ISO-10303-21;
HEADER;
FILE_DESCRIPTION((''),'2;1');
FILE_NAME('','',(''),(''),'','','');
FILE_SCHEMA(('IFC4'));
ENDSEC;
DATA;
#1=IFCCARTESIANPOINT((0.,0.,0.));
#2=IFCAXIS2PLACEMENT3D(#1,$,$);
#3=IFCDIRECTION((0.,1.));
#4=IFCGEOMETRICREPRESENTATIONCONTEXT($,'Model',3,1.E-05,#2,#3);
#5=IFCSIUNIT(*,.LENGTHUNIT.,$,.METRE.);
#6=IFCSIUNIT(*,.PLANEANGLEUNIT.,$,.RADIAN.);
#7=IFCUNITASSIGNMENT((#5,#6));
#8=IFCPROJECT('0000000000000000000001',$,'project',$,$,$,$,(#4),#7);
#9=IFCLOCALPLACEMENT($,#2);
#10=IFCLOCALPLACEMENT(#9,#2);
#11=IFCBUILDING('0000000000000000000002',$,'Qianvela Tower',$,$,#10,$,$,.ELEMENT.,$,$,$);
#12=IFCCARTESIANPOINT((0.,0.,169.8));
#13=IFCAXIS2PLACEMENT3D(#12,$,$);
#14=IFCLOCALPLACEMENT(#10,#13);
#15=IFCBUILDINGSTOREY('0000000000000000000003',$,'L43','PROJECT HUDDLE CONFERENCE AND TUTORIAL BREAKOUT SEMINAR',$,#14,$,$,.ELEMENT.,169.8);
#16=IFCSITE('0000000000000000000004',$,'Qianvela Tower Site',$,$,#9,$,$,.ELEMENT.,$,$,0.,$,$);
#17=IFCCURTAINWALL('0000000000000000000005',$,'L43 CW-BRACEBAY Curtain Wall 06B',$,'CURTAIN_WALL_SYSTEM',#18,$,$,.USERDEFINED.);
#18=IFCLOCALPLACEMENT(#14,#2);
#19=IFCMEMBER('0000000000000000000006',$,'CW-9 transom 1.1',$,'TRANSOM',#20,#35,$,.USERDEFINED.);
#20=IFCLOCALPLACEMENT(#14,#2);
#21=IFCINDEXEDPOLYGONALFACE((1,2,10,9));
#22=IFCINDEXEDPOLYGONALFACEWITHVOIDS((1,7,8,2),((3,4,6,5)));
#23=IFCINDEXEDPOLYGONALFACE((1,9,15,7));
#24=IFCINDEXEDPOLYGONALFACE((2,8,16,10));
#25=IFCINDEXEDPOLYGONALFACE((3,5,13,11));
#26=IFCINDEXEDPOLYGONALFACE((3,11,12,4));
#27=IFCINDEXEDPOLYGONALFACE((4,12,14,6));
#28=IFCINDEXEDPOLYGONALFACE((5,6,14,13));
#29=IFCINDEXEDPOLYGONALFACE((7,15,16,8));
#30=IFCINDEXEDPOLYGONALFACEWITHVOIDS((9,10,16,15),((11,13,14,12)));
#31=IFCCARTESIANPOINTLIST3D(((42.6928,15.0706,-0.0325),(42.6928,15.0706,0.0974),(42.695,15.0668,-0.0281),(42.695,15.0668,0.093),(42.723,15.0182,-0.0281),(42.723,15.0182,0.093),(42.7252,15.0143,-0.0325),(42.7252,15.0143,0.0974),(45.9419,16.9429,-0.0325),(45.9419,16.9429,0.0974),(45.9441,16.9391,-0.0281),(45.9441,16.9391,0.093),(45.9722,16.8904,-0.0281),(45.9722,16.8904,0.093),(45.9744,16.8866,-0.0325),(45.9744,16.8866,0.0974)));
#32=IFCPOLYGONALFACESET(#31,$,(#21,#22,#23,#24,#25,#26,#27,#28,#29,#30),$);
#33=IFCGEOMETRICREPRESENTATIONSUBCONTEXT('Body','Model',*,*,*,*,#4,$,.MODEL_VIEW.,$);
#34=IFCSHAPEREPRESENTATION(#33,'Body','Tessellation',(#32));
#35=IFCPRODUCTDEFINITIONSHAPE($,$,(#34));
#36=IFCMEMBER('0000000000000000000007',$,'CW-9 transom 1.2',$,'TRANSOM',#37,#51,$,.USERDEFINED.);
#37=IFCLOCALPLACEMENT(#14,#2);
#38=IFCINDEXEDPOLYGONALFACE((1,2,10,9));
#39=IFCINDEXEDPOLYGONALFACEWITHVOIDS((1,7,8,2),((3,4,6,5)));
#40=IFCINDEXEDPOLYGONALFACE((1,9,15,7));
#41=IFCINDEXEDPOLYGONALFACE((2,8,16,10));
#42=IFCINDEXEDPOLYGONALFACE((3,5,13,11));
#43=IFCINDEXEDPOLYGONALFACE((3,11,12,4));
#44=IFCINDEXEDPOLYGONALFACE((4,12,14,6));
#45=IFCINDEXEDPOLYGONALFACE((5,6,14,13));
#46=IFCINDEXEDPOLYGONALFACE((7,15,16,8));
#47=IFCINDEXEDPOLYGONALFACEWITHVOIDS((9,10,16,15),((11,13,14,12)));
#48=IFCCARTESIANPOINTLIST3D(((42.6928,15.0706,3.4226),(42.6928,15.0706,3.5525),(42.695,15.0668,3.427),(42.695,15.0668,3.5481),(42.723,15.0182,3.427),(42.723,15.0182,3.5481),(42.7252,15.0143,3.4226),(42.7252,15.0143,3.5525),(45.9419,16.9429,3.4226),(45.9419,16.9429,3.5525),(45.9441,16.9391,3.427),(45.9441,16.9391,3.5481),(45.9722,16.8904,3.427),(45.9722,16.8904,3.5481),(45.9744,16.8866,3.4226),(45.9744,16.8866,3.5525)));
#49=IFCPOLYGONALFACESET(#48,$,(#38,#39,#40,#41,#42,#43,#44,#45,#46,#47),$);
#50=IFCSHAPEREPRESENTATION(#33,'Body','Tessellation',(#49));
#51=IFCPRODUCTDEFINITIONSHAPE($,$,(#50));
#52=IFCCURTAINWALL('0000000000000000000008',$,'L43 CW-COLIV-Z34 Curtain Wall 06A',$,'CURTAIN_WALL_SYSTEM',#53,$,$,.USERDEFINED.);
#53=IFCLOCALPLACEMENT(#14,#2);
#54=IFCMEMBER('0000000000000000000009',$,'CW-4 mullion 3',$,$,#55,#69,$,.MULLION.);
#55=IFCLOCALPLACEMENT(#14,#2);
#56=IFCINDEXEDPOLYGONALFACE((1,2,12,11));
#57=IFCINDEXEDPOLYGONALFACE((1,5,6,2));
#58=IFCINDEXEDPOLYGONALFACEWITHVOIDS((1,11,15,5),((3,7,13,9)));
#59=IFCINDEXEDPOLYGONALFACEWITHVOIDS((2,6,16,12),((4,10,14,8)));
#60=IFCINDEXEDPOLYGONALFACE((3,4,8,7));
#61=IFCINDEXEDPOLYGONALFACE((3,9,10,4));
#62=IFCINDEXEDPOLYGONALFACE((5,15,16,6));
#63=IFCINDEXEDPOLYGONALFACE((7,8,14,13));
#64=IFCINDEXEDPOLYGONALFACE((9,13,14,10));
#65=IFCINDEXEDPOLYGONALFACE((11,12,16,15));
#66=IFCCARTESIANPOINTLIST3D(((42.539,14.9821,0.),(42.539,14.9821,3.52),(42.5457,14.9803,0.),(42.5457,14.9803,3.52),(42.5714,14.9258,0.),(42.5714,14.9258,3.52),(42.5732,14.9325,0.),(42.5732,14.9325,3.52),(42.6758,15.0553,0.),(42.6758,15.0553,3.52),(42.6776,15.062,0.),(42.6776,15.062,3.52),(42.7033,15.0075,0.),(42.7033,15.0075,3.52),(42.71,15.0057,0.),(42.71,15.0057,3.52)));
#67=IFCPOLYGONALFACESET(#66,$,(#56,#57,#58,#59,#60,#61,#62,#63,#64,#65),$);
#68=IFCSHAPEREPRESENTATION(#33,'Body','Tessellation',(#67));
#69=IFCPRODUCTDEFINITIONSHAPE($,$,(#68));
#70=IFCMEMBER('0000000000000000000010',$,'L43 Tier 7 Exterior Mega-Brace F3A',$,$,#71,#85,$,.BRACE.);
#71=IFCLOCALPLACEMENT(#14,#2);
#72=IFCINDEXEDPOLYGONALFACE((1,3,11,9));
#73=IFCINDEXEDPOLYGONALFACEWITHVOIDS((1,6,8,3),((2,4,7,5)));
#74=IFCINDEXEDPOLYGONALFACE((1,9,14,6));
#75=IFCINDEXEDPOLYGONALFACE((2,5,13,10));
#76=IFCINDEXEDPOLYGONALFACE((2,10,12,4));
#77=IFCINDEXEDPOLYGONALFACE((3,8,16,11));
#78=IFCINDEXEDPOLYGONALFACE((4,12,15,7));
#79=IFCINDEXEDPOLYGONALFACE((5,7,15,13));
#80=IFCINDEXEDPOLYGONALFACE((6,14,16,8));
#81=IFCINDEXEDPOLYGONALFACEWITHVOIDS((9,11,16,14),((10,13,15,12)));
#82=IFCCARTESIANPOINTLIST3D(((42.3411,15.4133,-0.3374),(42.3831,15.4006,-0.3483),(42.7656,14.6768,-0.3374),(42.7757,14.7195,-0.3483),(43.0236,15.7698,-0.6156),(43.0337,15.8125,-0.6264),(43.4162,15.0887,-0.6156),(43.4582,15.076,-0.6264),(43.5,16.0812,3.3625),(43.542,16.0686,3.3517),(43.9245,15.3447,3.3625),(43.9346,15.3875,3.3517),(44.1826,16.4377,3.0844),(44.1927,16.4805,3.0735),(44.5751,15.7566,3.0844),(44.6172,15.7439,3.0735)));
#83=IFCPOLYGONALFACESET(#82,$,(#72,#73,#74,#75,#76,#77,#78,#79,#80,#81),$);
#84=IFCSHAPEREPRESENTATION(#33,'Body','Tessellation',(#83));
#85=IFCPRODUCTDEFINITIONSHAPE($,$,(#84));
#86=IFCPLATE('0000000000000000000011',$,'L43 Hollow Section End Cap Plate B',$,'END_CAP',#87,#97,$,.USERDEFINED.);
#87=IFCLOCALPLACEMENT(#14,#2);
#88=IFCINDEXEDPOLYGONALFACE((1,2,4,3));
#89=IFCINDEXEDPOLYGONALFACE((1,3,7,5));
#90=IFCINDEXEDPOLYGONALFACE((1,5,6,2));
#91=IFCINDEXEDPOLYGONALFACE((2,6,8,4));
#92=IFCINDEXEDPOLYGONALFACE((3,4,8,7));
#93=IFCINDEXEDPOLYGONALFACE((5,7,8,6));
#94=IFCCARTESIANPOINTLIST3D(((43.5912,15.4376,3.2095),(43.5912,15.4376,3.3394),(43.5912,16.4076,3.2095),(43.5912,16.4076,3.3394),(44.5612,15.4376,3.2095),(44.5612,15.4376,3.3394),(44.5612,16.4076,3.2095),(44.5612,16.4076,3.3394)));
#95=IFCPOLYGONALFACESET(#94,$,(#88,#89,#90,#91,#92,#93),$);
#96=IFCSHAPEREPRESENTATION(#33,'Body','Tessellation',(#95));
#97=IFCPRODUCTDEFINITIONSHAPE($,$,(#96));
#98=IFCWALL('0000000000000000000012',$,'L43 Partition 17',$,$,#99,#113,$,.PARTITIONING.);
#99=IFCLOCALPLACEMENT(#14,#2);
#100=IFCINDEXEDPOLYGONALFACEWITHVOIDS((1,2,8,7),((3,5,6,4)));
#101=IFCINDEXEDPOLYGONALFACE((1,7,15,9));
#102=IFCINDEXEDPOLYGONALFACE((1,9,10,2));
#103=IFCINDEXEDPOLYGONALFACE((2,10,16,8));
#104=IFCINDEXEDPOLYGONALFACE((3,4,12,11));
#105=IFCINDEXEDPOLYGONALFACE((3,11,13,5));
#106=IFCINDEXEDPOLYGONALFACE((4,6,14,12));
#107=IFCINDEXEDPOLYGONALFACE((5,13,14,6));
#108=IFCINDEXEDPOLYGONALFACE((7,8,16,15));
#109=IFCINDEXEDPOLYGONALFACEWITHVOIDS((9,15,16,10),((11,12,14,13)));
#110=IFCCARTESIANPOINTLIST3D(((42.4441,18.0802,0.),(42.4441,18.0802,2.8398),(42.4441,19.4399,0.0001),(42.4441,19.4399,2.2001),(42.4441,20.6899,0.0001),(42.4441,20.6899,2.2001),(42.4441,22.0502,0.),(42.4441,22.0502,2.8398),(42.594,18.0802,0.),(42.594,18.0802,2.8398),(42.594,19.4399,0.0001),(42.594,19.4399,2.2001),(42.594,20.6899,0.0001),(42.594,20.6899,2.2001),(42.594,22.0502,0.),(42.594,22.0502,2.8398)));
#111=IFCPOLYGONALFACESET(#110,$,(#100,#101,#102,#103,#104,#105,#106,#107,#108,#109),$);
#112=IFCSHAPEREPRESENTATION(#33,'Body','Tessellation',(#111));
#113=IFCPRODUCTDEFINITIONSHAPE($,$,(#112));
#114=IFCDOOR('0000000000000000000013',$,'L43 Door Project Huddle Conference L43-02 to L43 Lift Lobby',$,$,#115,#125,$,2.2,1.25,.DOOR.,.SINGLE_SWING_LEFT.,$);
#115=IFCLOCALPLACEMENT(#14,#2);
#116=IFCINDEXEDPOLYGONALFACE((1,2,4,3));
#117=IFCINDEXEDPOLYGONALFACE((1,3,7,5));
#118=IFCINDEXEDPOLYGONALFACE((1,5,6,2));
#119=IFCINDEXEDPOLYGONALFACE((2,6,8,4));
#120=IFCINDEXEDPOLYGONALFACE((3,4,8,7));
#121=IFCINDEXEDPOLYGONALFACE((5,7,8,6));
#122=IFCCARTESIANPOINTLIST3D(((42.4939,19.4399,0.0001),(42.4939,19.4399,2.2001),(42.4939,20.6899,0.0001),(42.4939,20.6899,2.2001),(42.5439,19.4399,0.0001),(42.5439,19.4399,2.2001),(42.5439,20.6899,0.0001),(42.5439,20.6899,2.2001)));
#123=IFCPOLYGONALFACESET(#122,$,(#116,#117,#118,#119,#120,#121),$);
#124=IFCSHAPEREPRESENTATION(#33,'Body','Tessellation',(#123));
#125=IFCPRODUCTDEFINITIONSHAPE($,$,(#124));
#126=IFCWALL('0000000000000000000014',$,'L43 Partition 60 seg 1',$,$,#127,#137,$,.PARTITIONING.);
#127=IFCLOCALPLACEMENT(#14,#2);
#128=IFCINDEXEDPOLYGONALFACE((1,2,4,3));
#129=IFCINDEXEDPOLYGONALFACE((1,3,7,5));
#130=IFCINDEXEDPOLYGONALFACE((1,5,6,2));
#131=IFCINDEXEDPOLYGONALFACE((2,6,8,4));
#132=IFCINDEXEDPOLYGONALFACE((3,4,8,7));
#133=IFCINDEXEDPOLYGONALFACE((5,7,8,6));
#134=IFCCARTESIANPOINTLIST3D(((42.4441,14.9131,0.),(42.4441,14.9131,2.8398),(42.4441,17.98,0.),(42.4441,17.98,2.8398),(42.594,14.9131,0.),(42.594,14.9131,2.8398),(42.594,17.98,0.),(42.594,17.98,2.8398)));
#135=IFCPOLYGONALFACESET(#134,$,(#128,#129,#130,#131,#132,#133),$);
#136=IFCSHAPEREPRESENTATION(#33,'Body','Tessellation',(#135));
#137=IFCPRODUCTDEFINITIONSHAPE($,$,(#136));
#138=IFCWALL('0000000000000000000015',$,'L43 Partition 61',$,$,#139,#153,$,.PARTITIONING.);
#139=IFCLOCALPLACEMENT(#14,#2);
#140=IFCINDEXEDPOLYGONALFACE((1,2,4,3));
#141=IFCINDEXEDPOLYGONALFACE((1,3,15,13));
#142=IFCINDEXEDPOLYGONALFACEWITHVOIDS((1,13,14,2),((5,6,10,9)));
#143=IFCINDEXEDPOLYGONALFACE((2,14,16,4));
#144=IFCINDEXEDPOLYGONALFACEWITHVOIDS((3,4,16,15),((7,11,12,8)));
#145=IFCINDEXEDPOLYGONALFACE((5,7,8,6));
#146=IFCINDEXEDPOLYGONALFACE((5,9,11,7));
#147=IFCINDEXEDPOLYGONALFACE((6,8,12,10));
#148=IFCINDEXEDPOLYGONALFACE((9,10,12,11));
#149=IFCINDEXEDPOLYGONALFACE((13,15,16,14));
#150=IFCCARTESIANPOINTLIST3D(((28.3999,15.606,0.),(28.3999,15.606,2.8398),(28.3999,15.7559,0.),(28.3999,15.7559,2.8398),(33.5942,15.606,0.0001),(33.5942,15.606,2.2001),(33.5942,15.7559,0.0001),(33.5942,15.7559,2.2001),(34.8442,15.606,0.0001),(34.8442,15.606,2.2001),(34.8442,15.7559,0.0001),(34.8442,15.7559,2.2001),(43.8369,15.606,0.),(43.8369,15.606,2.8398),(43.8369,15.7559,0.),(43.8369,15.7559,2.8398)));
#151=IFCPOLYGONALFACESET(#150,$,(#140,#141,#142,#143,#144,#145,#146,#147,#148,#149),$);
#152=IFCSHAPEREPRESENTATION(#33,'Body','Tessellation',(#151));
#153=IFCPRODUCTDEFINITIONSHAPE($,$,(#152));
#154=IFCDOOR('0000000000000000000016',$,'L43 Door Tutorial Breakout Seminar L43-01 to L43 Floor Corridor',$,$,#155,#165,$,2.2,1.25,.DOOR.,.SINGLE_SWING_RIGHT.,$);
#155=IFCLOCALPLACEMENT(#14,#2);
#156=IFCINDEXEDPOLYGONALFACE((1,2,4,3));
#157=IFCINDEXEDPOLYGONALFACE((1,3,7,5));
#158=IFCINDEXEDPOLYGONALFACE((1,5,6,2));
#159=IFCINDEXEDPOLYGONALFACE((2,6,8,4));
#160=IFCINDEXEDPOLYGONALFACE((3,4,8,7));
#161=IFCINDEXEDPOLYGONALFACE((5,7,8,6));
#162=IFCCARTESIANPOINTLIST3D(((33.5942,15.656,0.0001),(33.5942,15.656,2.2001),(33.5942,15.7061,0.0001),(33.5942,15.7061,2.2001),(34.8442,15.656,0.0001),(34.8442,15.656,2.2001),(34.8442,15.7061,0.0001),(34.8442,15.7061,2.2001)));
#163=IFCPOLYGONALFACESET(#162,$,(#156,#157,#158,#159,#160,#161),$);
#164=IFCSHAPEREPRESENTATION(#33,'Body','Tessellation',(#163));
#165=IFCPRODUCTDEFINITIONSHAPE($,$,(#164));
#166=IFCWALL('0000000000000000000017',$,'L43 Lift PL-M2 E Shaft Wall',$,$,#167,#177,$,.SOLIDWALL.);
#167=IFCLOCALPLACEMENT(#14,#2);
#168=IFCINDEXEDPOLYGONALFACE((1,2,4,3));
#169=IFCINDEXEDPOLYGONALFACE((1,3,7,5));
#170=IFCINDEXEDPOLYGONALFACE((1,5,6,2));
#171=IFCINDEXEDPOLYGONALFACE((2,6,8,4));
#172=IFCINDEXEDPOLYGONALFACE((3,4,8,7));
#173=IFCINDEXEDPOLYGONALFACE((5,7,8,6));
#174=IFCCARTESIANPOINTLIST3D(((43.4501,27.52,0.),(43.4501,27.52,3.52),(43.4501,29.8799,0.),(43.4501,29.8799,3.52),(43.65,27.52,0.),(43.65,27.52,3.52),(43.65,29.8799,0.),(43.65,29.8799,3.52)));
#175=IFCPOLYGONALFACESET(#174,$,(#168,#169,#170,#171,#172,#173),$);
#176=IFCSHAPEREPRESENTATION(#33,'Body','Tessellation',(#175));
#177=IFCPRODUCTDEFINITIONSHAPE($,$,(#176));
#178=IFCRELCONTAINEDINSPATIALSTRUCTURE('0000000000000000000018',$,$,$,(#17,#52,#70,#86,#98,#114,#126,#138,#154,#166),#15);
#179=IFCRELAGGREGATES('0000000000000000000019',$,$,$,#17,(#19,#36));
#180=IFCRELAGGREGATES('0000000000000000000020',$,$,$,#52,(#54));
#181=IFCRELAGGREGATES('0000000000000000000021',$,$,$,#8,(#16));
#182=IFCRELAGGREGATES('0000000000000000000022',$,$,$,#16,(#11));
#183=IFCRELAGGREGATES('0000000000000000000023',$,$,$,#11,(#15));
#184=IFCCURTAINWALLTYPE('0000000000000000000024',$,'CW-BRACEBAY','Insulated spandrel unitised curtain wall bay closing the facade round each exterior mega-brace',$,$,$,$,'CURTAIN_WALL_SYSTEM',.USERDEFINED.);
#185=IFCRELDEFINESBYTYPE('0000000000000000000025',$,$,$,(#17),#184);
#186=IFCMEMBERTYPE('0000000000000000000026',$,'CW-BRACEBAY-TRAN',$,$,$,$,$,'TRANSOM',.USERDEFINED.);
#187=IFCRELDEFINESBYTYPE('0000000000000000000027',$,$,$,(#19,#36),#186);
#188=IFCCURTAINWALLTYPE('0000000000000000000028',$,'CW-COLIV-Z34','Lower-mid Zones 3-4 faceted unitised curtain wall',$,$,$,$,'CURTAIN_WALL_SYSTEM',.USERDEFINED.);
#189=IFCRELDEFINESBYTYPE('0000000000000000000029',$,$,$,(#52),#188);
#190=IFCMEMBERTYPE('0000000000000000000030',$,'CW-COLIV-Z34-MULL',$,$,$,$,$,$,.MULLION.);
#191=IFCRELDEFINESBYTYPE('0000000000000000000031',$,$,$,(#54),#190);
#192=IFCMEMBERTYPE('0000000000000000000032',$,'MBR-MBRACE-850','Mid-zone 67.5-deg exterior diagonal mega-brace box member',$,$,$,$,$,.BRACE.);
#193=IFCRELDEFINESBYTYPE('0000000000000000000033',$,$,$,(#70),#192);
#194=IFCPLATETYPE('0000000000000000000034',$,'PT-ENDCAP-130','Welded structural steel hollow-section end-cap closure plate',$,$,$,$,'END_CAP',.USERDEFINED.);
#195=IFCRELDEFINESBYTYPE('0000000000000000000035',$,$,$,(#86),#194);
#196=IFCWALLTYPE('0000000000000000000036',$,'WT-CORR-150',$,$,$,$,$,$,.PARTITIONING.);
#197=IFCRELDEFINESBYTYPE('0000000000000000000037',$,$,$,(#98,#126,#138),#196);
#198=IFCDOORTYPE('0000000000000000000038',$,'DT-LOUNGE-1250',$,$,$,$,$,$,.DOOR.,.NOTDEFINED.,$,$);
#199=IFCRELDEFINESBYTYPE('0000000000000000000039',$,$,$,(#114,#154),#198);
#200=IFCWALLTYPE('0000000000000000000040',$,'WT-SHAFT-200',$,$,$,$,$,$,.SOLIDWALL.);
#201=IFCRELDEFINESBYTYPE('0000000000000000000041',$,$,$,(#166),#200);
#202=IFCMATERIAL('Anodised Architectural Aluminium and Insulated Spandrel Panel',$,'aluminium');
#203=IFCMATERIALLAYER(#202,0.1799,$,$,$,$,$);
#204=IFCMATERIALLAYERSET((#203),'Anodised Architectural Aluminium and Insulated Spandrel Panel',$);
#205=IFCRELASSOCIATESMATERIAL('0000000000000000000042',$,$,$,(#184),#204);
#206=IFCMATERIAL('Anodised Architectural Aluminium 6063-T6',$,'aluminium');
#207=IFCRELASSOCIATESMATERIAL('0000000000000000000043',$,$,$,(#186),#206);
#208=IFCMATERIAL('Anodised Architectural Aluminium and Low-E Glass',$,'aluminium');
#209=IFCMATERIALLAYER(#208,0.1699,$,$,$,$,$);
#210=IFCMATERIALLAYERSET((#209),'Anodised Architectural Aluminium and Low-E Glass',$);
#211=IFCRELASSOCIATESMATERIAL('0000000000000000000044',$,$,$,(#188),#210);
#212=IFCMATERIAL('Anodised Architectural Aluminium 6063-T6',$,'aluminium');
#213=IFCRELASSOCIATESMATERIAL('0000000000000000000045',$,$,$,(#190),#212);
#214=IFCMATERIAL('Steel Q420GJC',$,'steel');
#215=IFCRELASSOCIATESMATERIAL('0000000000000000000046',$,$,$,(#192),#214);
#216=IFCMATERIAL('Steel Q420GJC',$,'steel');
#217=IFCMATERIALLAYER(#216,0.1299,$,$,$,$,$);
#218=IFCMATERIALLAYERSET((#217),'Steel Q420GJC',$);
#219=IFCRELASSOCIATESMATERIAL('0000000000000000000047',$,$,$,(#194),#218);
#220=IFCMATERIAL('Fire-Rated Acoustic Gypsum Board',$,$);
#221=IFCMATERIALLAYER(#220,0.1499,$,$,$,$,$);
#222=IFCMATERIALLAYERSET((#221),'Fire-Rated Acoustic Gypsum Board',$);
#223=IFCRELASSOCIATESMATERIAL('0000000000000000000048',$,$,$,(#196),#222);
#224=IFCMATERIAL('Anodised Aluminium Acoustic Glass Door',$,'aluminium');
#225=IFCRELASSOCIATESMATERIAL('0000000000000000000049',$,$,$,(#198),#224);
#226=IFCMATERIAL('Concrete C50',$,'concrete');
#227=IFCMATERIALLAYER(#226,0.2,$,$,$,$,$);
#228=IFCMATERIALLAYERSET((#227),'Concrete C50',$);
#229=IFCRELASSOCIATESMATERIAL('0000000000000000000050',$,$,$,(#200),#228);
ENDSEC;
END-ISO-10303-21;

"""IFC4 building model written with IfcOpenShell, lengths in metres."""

from ifc_helpers import new_model, si_unit, direction, frame, frame_2d, origin, origin_2d, place, context, subcontext, project, spatial, rectangle, hollow_rectangle, extrude, material, layer, layer_set, material_profile, profile_set, type_object, element, fill, aggregate, save


model = new_model("IFC4")

# Units and contexts
model_context = context("Model", 3, precision=1e-05, world=origin(), true_north=direction((0.0, 1.0)))
body_context = subcontext(model_context, "Body", "Model", "MODEL_VIEW")
ifc_project = project(units=[si_unit("LENGTHUNIT", "METRE"), si_unit("PLANEANGLEUNIT", "RADIAN")], contexts=[model_context])

# Site, building, storey
site_placement = place(None, origin())
site = spatial("IfcSite", under=ifc_project, at=site_placement, Name="Qianvela Tower Site", CompositionType="ELEMENT", RefElevation=0.0)
building_placement = place(site_placement, origin())
building = spatial("IfcBuilding", under=site, at=building_placement, Name="Qianvela Tower", CompositionType="ELEMENT")
storey_placement = place(building_placement, frame((0.0, 0.0, 169.8)))
storey = spatial("IfcBuildingStorey", under=building, at=storey_placement, Name="L43", Description="PROJECT HUDDLE CONFERENCE AND TUTORIAL BREAKOUT SEMINAR", CompositionType="ELEMENT", Elevation=169.8)

# Curtain wall, members
ifc_material_1 = material(Name="Anodised Architectural Aluminium and Insulated Spandrel Panel", Category="aluminium")
ifc_layer_1 = layer(ifc_material_1, 0.1799)
ifc_layer_set_1 = layer_set([ifc_layer_1], Name="Anodised Architectural Aluminium and Insulated Spandrel Panel")
curtain_wall_type_1 = type_object("IfcCurtainWallType", Name="CW-BRACEBAY", Description="Insulated spandrel unitised curtain wall bay closing the facade round each exterior mega-brace", ElementType="CURTAIN_WALL_SYSTEM", PredefinedType="USERDEFINED", material=ifc_layer_set_1)
curtain_wall_1_placement = place(storey_placement, origin())
curtain_wall_1 = element("IfcCurtainWall", 1, at=curtain_wall_1_placement, inside=storey, type_object=curtain_wall_type_1, Name="L43 CW-BRACEBAY Curtain Wall 06B", ObjectType="CURTAIN_WALL_SYSTEM", PredefinedType="USERDEFINED")
ifc_material_2 = material(Name="Anodised Architectural Aluminium 6063-T6", Category="aluminium")
ifc_material_profile_1 = material_profile(ifc_material_2, hollow_rectangle(XDim=0.0649, YDim=0.1299, WallThickness=0.0044, at=origin_2d()), Name="ALU-TRAN-65x130")
ifc_profile_set_1 = profile_set([ifc_material_profile_1], Name="Anodised Architectural Aluminium 6063-T6")
member_type_1 = type_object("IfcMemberType", Name="CW-BRACEBAY-TRAN", ElementType="TRANSOM", PredefinedType="USERDEFINED", material=ifc_profile_set_1)
member_1_placement = place(storey_placement, frame((42.709, 15.0425, 0.0325), z_axis=(0.866447, 0.49927, 0.0), x_axis=(-0.49927, 0.866447, 0.0)))
member_1 = element("IfcMember", 2, at=member_1_placement, type_object=member_type_1, Name="CW-9 transom 1.1", ObjectType="TRANSOM", PredefinedType="USERDEFINED", context=body_context, shape_type="SweptSolid", body=[
    extrude(hollow_rectangle(XDim=0.0649, YDim=0.1299, WallThickness=0.0044, at=origin_2d()), origin(), (0.0, 0.0, 1.0), 3.75),
])
member_2_placement = place(storey_placement, frame((42.709, 15.0425, 3.4875), z_axis=(0.866447, 0.49927, 0.0), x_axis=(-0.49927, 0.866447, 0.0)))
member_2 = element("IfcMember", 3, at=member_2_placement, type_object=member_type_1, Name="CW-9 transom 1.2", ObjectType="TRANSOM", PredefinedType="USERDEFINED", context=body_context, shape_type="SweptSolid", body=[
    extrude(hollow_rectangle(XDim=0.0649, YDim=0.1299, WallThickness=0.0044, at=origin_2d()), origin(), (0.0, 0.0, 1.0), 3.75),
])
aggregate(curtain_wall_1, [member_1, member_2])

# Curtain wall, member
ifc_material_3 = material(Name="Anodised Architectural Aluminium and Low-E Glass", Category="aluminium")
ifc_layer_2 = layer(ifc_material_3, 0.1699)
ifc_layer_set_2 = layer_set([ifc_layer_2], Name="Anodised Architectural Aluminium and Low-E Glass")
curtain_wall_type_2 = type_object("IfcCurtainWallType", Name="CW-COLIV-Z34", Description="Lower-mid Zones 3-4 faceted unitised curtain wall", ElementType="CURTAIN_WALL_SYSTEM", PredefinedType="USERDEFINED", material=ifc_layer_set_2)
curtain_wall_2_placement = place(storey_placement, origin())
curtain_wall_2 = element("IfcCurtainWall", 4, at=curtain_wall_2_placement, inside=storey, type_object=curtain_wall_type_2, Name="L43 CW-COLIV-Z34 Curtain Wall 06A", ObjectType="CURTAIN_WALL_SYSTEM", PredefinedType="USERDEFINED")
ifc_material_4 = material(Name="Anodised Architectural Aluminium 6063-T6", Category="aluminium")
ifc_material_profile_2 = material_profile(ifc_material_4, hollow_rectangle(XDim=0.0649, YDim=0.1599, WallThickness=0.0049, at=origin_2d()), Name="ALU-MULL-65x160")
ifc_profile_set_2 = profile_set([ifc_material_profile_2], Name="Anodised Architectural Aluminium 6063-T6")
member_type_2 = type_object("IfcMemberType", Name="CW-COLIV-Z34-MULL", PredefinedType="MULLION", material=ifc_profile_set_2)
member_3_placement = place(storey_placement, frame((42.6245, 14.9939, 0.0), z_axis=(0.0, 0.0, 1.0), x_axis=(-0.499287, 0.866436, 0.0)))
member_3 = element("IfcMember", 5, at=member_3_placement, type_object=member_type_2, Name="CW-4 mullion 3", PredefinedType="MULLION", context=body_context, shape_type="SweptSolid", body=[
    extrude(hollow_rectangle(XDim=0.0649, YDim=0.1599, WallThickness=0.0049, at=origin_2d()), origin(), (0.0, 0.0, 1.0), 3.52),
])
aggregate(curtain_wall_2, [member_3])

# Member
ifc_material_5 = material(Name="Steel Q420GJC", Category="steel")
ifc_material_profile_3 = material_profile(ifc_material_5, hollow_rectangle(XDim=0.8501, YDim=0.8501, WallThickness=0.032, at=origin_2d()), Name="MBOX-850x850x32")
ifc_profile_set_3 = profile_set([ifc_material_profile_3], Name="Steel Q420GJC")
member_type_3 = type_object("IfcMemberType", Name="MBR-MBRACE-850", Description="Mid-zone 67.5-deg exterior diagonal mega-brace box member", PredefinedType="BRACE", material=ifc_profile_set_3)
member_4_placement = place(storey_placement, frame((42.8997, 15.2446, -0.4819), z_axis=(0.29457, 0.16978, 0.940427), x_axis=(-0.499359, 0.866395, 0.0)))
element("IfcMember", 6, at=member_4_placement, inside=storey, type_object=member_type_3, Name="L43 Tier 7 Exterior Mega-Brace F3A", PredefinedType="BRACE", context=body_context, shape_type="SweptSolid", body=[
    extrude(hollow_rectangle(XDim=0.8501, YDim=0.8501, WallThickness=0.032, at=origin_2d()), origin(), (0.0, 0.0, 1.0), 3.9343),
])

# Plate
ifc_material_6 = material(Name="Steel Q420GJC", Category="steel")
ifc_layer_3 = layer(ifc_material_6, 0.1299)
ifc_layer_set_3 = layer_set([ifc_layer_3], Name="Steel Q420GJC")
plate_type = type_object("IfcPlateType", Name="PT-ENDCAP-130", Description="Welded structural steel hollow-section end-cap closure plate", ElementType="END_CAP", PredefinedType="USERDEFINED", material=ifc_layer_set_3)
plate_placement = place(storey_placement, frame((44.0762, 15.9226, 3.2095), z_axis=(0.0, 0.0, 1.0), x_axis=(1.0, 0.0, 0.0)))
element("IfcPlate", 7, at=plate_placement, inside=storey, type_object=plate_type, Name="L43 Hollow Section End Cap Plate B", ObjectType="END_CAP", PredefinedType="USERDEFINED", context=body_context, shape_type="SweptSolid", body=[
    extrude(rectangle(XDim=0.97, YDim=0.97, at=origin_2d()), origin(), (0.0, 0.0, 1.0), 0.1299),
])

# Wall, opening, door
ifc_material_7 = material(Name="Fire-Rated Acoustic Gypsum Board")
ifc_layer_4 = layer(ifc_material_7, 0.1499)
ifc_layer_set_4 = layer_set([ifc_layer_4], Name="Fire-Rated Acoustic Gypsum Board")
wall_type_1 = type_object("IfcWallType", Name="WT-CORR-150", PredefinedType="PARTITIONING", material=ifc_layer_set_4)
wall_1_placement = place(storey_placement, frame((42.519, 22.05, 0.0), z_axis=(0.0, 0.0, 1.0), x_axis=(0.0, -1.0, 0.0)))
wall_1 = element("IfcWall", 8, at=wall_1_placement, inside=storey, type_object=wall_type_1, Name="L43 Partition 17", PredefinedType="PARTITIONING", context=body_context, shape_type="SweptSolid", body=[
    extrude(rectangle(XDim=3.97, YDim=0.1499, at=frame_2d((1.9849, 0.0))), origin(), (0.0, 0.0, 1.0), 2.8398),
])
opening_1_placement = place(wall_1_placement, frame((1.3601, 0.0, 0.0)))
opening_1 = element("IfcOpeningElement", 9, at=opening_1_placement, cuts=wall_1, PredefinedType="OPENING", context=body_context, shape_type="SweptSolid", body=[
    extrude(rectangle(XDim=1.25, YDim=2.2, at=frame_2d((0.625, 1.1001))), frame((0.0, 0.085, 0.0), z_axis=(0.0, -1.0, 0.0), x_axis=(1.0, 0.0, 0.0)), (0.0, 0.0, 1.0), 0.1699),
])
ifc_material_8 = material(Name="Anodised Aluminium Acoustic Glass Door", Category="aluminium")
door_type_1 = type_object("IfcDoorType", Name="DT-LOUNGE-1250", OperationType="NOTDEFINED", PredefinedType="DOOR", material=ifc_material_8)
door_1_placement = place(opening_1_placement, origin())
door_1 = element("IfcDoor", 10, at=door_1_placement, inside=storey, type_object=door_type_1, Name="L43 Door Project Huddle Conference L43-02 to L43 Lift Lobby", OperationType="SINGLE_SWING_LEFT", OverallHeight=2.2, OverallWidth=1.25, PredefinedType="DOOR", context=body_context, shape_type="SweptSolid", body=[
    extrude(rectangle(XDim=1.25, YDim=2.2, at=frame_2d((0.625, 1.1001))), frame((0.0, 0.0249, 0.0), z_axis=(0.0, -1.0, 0.0), x_axis=(1.0, 0.0, 0.0)), (0.0, 0.0, 1.0), 0.05),
])
fill(opening_1, door_1)

# Wall
wall_2_placement = place(storey_placement, frame((42.519, 17.98, 0.0), z_axis=(0.0, 0.0, 1.0), x_axis=(0.0, -1.0, 0.0)))
element("IfcWall", 11, at=wall_2_placement, inside=storey, type_object=wall_type_1, Name="L43 Partition 60 seg 1", PredefinedType="PARTITIONING", context=body_context, shape_type="SweptSolid", body=[
    extrude(rectangle(XDim=3.0669, YDim=0.1499, at=frame_2d((1.5334, 0.0))), origin(), (0.0, 0.0, 1.0), 2.8398),
])

# Wall, opening, door
wall_3_placement = place(storey_placement, frame((43.8369, 15.6809, 0.0), z_axis=(0.0, 0.0, 1.0), x_axis=(-1.0, 0.0, 0.0)))
wall_3 = element("IfcWall", 12, at=wall_3_placement, inside=storey, type_object=wall_type_1, Name="L43 Partition 61", PredefinedType="PARTITIONING", context=body_context, shape_type="SweptSolid", body=[
    extrude(rectangle(XDim=15.437, YDim=0.1499, at=frame_2d((7.7185, 0.0))), origin(), (0.0, 0.0, 1.0), 2.8398),
])
opening_2_placement = place(wall_3_placement, frame((8.9927, 0.0, 0.0)))
opening_2 = element("IfcOpeningElement", 13, at=opening_2_placement, cuts=wall_3, PredefinedType="OPENING", context=body_context, shape_type="SweptSolid", body=[
    extrude(rectangle(XDim=1.25, YDim=2.2, at=frame_2d((0.625, 1.1001))), frame((0.0, 0.085, 0.0), z_axis=(0.0, -1.0, 0.0), x_axis=(1.0, 0.0, 0.0)), (0.0, 0.0, 1.0), 0.1699),
])
door_2_placement = place(opening_2_placement, origin())
door_2 = element("IfcDoor", 14, at=door_2_placement, inside=storey, type_object=door_type_1, Name="L43 Door Tutorial Breakout Seminar L43-01 to L43 Floor Corridor", OperationType="SINGLE_SWING_RIGHT", OverallHeight=2.2, OverallWidth=1.25, PredefinedType="DOOR", context=body_context, shape_type="SweptSolid", body=[
    extrude(rectangle(XDim=1.25, YDim=2.2, at=frame_2d((0.625, 1.1001))), frame((0.0, 0.0249, 0.0), z_axis=(0.0, -1.0, 0.0), x_axis=(1.0, 0.0, 0.0)), (0.0, 0.0, 1.0), 0.05),
])
fill(opening_2, door_2)

# Wall
ifc_material_9 = material(Name="Concrete C50", Category="concrete")
ifc_layer_5 = layer(ifc_material_9, 0.2)
ifc_layer_set_5 = layer_set([ifc_layer_5], Name="Concrete C50")
wall_type_2 = type_object("IfcWallType", Name="WT-SHAFT-200", PredefinedType="SOLIDWALL", material=ifc_layer_set_5)
wall_4_placement = place(storey_placement, frame((43.55, 27.52, 0.0), z_axis=(0.0, 0.0, 1.0), x_axis=(0.0, 1.0, 0.0)))
element("IfcWall", 15, at=wall_4_placement, inside=storey, type_object=wall_type_2, Name="L43 Lift PL-M2 E Shaft Wall", PredefinedType="SOLIDWALL", context=body_context, shape_type="SweptSolid", body=[
    extrude(rectangle(XDim=2.3599, YDim=0.2, at=frame_2d((1.1799, 0.0))), origin(), (0.0, 0.0, 1.0), 3.52),
])

save(model, "model.ifc")
